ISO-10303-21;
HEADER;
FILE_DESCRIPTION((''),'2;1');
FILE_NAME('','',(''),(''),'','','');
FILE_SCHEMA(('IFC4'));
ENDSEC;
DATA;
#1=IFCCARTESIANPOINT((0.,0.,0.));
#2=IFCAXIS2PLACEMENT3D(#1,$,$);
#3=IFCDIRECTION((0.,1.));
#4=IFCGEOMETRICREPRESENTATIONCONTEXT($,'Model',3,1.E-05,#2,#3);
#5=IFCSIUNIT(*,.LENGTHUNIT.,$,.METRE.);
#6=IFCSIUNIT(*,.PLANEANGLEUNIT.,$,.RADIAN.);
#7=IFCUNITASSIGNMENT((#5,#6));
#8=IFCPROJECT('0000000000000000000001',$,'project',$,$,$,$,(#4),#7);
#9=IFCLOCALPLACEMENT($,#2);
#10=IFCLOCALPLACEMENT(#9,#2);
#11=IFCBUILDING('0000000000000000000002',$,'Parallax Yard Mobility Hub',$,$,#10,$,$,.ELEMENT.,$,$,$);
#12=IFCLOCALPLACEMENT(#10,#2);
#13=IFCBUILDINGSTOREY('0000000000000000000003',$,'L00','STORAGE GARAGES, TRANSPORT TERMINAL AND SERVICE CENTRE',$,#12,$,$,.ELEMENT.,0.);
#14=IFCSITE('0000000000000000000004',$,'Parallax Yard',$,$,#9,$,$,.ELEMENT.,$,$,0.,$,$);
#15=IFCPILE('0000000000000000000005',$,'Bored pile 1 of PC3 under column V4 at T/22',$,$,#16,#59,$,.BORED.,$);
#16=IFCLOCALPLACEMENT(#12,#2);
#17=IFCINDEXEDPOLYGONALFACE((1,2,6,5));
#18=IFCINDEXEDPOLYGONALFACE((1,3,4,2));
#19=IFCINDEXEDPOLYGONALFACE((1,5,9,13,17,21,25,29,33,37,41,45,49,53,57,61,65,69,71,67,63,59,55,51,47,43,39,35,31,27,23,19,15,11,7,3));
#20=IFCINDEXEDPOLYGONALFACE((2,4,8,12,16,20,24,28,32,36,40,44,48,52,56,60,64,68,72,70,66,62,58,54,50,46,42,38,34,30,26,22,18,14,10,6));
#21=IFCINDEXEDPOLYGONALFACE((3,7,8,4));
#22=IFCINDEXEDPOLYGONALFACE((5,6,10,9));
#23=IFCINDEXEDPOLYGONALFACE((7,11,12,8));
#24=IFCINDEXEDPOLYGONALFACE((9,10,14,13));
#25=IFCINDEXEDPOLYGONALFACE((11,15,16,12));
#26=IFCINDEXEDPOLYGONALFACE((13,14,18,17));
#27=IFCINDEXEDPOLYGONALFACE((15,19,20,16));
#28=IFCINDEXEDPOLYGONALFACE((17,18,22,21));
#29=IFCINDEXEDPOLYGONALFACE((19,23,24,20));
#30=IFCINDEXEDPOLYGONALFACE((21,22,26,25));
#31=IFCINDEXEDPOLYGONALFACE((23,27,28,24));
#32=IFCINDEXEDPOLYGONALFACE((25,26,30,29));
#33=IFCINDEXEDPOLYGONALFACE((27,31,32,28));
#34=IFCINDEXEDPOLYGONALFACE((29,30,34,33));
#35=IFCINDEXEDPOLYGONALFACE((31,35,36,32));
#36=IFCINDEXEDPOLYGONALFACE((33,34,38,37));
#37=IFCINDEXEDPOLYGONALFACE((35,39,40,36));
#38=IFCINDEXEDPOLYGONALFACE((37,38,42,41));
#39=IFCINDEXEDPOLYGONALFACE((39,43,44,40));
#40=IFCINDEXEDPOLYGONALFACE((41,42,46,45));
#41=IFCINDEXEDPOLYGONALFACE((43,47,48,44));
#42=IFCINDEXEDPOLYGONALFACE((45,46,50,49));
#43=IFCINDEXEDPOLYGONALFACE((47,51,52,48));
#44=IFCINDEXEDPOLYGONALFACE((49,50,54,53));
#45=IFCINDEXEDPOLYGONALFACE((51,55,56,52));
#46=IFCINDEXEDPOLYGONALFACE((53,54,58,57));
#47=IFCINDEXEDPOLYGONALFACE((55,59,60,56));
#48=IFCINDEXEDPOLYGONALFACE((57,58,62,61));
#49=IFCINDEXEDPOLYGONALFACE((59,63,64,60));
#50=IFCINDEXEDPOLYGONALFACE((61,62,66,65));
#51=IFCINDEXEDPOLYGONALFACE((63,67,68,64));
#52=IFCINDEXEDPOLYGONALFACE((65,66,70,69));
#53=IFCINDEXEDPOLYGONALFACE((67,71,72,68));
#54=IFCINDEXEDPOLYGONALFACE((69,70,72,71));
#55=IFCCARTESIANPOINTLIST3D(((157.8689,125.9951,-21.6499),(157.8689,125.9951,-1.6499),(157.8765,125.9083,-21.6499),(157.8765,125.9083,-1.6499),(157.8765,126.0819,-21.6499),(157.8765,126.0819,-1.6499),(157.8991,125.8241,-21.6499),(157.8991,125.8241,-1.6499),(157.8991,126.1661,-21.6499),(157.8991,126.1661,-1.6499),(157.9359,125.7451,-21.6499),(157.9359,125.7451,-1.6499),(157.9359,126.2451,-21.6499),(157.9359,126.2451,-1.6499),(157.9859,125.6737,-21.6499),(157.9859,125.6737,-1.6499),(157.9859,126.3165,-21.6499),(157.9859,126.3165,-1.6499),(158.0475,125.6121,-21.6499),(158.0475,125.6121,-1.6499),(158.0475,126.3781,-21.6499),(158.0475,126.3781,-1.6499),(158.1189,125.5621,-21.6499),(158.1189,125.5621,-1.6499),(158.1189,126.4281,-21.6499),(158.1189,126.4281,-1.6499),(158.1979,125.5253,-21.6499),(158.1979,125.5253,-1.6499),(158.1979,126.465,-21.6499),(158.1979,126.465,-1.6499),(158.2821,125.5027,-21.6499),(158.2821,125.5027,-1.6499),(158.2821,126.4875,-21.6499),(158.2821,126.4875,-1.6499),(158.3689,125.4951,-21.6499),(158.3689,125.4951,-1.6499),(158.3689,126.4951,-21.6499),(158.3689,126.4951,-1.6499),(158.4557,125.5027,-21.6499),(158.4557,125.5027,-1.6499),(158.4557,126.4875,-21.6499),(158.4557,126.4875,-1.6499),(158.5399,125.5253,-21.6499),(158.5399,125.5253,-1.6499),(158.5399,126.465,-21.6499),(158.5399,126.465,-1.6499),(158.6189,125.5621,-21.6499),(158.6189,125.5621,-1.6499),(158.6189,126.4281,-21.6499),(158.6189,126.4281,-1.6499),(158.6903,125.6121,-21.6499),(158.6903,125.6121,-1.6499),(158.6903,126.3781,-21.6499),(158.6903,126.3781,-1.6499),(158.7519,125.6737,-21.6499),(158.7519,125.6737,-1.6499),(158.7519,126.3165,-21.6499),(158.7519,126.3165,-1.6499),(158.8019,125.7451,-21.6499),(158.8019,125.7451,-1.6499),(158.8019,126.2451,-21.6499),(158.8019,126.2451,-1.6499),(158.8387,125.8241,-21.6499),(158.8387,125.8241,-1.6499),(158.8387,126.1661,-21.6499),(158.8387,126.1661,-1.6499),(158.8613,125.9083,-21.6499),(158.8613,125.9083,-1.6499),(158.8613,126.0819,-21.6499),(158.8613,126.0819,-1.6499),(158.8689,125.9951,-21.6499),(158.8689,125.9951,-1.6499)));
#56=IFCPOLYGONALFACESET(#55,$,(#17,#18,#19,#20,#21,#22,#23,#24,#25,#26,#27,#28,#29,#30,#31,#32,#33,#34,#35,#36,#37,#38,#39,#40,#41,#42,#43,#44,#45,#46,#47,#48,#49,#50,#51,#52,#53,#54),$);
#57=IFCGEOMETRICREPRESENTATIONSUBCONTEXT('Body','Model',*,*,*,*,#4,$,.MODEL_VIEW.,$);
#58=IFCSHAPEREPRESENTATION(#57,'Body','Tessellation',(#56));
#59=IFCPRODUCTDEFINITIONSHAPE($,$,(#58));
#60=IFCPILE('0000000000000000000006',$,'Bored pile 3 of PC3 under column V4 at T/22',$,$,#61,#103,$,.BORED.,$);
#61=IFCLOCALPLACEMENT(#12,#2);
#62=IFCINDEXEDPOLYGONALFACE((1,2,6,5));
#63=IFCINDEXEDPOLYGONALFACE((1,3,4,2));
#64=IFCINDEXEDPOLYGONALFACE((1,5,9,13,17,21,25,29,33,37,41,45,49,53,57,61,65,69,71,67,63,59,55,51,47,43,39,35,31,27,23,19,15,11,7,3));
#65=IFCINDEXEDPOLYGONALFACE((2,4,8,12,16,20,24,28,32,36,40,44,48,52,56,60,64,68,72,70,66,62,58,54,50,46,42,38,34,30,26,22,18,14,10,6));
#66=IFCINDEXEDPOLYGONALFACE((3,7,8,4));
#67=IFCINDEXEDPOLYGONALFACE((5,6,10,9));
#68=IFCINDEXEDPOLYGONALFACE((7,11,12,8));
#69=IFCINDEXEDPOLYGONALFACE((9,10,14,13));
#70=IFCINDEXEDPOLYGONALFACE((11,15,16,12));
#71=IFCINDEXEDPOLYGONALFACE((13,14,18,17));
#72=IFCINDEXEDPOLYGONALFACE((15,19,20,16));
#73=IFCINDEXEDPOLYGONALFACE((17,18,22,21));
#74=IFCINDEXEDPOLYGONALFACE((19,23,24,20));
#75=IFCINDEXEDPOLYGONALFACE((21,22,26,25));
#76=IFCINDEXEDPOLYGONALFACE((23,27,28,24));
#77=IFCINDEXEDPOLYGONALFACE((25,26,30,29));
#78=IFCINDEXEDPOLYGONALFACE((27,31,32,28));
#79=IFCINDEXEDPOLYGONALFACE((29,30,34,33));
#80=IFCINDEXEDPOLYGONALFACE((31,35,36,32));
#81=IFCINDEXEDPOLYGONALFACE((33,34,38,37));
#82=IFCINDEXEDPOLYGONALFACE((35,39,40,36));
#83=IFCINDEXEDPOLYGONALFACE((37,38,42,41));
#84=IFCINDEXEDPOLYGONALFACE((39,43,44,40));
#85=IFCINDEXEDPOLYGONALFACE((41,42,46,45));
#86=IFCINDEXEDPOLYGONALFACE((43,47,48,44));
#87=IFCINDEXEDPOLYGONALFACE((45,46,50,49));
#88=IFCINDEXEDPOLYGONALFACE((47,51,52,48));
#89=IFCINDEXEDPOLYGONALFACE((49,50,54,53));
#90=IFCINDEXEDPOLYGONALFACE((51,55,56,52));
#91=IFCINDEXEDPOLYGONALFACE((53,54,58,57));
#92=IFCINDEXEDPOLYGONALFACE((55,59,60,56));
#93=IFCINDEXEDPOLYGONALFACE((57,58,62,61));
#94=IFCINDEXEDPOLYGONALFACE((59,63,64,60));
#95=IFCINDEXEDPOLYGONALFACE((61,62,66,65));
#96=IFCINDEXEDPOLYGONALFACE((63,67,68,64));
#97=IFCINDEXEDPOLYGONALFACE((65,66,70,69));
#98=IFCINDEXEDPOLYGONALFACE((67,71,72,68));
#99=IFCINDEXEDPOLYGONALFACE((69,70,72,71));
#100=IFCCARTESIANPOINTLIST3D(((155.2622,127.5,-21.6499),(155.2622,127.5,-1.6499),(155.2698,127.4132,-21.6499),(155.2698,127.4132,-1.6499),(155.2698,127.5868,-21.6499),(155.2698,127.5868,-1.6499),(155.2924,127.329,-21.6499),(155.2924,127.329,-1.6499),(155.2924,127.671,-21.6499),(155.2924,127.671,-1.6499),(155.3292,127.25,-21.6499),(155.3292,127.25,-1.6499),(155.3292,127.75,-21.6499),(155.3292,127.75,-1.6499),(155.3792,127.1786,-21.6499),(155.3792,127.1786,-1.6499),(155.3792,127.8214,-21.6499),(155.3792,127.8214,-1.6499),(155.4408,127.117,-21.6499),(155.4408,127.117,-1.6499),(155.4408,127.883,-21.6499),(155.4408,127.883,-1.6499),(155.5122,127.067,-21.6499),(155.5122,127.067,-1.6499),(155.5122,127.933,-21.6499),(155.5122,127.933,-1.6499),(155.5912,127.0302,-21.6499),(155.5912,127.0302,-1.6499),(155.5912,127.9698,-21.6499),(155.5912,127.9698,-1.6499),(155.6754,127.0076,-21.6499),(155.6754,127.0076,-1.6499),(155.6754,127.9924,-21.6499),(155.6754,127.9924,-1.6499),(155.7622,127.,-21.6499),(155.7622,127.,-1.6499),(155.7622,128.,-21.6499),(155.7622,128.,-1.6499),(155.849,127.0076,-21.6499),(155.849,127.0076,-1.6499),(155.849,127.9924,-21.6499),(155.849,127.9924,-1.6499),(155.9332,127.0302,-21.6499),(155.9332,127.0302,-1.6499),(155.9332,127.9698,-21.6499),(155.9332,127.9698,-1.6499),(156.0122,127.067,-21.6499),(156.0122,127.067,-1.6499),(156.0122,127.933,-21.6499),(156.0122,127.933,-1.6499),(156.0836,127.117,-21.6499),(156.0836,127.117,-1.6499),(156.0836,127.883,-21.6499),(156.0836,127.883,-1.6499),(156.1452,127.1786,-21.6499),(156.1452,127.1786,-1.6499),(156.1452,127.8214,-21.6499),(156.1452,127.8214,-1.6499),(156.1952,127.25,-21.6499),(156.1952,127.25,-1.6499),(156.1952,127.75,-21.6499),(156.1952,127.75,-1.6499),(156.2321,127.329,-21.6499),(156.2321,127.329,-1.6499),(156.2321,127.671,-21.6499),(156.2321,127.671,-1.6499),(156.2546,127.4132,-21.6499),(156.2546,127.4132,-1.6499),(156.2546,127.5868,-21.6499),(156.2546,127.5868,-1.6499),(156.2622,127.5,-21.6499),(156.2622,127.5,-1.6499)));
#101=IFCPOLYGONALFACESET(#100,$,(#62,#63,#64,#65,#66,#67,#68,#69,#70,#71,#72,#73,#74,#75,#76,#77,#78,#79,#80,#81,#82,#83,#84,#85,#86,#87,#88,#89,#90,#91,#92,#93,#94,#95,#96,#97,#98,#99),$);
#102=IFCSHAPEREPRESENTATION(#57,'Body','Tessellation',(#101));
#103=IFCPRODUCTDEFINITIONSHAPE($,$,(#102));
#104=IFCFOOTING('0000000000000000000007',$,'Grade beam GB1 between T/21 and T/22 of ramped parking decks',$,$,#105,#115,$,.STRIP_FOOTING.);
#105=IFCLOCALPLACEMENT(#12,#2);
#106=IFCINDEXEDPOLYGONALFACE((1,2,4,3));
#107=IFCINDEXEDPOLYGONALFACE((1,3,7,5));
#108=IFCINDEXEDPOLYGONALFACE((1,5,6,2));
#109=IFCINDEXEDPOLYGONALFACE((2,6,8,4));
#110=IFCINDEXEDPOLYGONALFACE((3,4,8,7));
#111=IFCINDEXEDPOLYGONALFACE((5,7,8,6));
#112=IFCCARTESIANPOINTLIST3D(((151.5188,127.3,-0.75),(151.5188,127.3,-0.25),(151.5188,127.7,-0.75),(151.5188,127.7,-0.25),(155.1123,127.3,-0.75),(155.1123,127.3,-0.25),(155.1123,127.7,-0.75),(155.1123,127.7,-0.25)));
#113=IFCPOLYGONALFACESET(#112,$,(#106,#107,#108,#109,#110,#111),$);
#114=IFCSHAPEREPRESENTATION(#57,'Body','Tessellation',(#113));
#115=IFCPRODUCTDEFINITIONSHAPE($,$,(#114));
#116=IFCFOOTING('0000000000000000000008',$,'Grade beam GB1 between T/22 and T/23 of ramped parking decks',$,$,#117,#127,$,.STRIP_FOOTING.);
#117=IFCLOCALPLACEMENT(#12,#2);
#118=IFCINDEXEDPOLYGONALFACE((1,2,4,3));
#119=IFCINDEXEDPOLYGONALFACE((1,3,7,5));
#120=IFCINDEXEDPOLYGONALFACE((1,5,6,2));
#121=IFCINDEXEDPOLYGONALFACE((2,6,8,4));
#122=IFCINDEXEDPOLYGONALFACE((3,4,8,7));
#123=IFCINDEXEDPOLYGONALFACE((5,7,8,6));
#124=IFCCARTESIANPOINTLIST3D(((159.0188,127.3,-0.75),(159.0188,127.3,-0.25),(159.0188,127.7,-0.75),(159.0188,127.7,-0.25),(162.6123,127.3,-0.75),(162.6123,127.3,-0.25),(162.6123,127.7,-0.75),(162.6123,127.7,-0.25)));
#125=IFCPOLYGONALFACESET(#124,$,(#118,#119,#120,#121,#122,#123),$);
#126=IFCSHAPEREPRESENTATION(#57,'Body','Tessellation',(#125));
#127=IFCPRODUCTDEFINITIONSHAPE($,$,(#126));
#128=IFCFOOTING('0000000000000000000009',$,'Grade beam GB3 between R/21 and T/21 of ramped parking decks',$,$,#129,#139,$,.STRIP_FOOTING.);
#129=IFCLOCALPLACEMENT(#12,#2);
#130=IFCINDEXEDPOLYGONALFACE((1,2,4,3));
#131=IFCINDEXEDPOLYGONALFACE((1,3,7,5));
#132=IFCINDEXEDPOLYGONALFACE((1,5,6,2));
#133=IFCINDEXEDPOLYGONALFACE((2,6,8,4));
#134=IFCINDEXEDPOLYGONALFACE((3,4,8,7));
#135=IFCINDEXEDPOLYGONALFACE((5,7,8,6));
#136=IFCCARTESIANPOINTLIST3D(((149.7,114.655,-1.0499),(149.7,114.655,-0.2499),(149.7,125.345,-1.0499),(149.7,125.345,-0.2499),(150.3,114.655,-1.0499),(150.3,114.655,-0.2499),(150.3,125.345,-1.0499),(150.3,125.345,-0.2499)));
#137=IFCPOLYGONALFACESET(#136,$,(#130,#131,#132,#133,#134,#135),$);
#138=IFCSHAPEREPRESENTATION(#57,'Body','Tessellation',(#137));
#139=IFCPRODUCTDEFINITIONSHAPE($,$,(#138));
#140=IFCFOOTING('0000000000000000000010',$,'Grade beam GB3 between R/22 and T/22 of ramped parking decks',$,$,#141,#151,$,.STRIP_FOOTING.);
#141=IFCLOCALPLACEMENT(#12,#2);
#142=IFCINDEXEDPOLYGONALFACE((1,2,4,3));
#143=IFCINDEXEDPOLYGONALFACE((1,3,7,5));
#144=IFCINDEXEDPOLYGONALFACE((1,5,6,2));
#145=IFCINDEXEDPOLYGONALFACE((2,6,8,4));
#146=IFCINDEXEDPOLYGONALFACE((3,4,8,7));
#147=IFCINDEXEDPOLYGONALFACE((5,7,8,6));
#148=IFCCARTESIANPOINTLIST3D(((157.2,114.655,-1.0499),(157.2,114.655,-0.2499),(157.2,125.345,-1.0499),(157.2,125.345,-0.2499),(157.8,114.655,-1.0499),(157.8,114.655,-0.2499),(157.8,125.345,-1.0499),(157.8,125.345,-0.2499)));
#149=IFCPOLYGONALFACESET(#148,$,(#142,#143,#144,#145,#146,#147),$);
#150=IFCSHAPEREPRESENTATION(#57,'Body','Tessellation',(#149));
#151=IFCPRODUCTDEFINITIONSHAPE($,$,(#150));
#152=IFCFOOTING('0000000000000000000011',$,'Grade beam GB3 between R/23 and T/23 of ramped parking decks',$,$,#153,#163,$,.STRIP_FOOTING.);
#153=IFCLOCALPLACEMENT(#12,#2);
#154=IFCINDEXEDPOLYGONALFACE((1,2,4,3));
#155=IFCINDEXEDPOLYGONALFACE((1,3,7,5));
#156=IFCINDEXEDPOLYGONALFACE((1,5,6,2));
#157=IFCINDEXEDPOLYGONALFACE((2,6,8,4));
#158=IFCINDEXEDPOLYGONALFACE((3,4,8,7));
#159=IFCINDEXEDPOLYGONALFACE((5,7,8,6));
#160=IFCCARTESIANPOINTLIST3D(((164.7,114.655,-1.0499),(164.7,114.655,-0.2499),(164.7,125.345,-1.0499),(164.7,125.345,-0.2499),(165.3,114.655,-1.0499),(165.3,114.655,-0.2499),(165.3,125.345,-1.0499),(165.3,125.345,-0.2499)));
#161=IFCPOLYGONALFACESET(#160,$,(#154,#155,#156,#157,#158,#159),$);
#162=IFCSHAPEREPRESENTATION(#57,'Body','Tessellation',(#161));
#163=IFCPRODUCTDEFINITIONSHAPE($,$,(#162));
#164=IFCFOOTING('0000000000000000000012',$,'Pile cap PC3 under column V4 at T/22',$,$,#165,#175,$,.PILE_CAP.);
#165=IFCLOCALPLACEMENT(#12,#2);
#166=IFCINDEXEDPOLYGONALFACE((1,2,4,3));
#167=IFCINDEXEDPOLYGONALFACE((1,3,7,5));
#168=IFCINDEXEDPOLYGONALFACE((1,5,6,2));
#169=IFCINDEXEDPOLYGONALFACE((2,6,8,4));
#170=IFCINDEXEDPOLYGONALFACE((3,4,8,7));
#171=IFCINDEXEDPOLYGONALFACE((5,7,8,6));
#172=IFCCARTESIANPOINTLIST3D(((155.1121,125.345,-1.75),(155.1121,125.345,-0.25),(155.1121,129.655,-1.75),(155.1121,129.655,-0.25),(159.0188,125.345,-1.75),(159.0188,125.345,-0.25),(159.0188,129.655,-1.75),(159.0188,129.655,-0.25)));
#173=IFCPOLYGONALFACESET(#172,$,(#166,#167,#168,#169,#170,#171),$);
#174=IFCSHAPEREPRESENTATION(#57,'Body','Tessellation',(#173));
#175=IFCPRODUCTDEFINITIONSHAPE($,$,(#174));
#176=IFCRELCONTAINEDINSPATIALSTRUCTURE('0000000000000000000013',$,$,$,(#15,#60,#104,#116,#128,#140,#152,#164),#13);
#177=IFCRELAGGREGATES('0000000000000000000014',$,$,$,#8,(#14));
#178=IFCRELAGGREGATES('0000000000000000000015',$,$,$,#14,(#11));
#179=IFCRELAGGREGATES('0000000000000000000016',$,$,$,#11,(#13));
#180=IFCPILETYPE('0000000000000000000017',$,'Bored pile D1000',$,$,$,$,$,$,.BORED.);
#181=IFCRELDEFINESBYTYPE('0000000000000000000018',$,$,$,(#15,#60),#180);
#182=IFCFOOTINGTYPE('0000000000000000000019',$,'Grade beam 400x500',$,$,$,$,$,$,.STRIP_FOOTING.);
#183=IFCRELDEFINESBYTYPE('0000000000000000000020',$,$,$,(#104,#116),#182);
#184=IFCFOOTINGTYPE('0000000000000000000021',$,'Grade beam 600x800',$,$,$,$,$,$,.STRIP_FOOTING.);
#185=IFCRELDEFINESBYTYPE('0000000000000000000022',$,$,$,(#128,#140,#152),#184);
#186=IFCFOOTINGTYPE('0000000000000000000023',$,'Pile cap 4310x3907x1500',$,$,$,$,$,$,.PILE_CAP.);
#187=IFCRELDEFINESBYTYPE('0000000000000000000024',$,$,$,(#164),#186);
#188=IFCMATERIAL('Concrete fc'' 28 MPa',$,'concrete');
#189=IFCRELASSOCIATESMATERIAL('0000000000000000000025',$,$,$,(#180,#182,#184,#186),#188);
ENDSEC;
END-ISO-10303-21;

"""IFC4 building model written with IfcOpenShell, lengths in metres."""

from ifc_helpers import new_model, si_unit, direction, frame, origin, origin_2d, place, context, subcontext, project, spatial, rectangle, circle, extrude, material, material_profile, profile_set, type_object, element, save


model = new_model("IFC4")

# Units and contexts
model_context = context("Model", 3, precision=1e-05, world=origin(), true_north=direction((0.0, 1.0)))
body_context = subcontext(model_context, "Body", "Model", "MODEL_VIEW")
ifc_project = project(units=[si_unit("LENGTHUNIT", "METRE"), si_unit("PLANEANGLEUNIT", "RADIAN")], contexts=[model_context])

# Site, building, storey
site_placement = place(None, origin())
site = spatial("IfcSite", under=ifc_project, at=site_placement, Name="Parallax Yard", CompositionType="ELEMENT", RefElevation=0.0)
building_placement = place(site_placement, origin())
building = spatial("IfcBuilding", under=site, at=building_placement, Name="Parallax Yard Mobility Hub", CompositionType="ELEMENT")
storey_placement = place(building_placement, origin())
storey = spatial("IfcBuildingStorey", under=building, at=storey_placement, Name="L00", Description="STORAGE GARAGES, TRANSPORT TERMINAL AND SERVICE CENTRE", CompositionType="ELEMENT", Elevation=0.0)

# Piles
ifc_material_1 = material(Name="Concrete fc' 28 MPa", Category="concrete")
ifc_material_profile_1 = material_profile(ifc_material_1, circle(Radius=0.5, at=origin_2d()), Name="Bored pile D1000")
ifc_profile_set_1 = profile_set([ifc_material_profile_1], Name="Concrete fc' 28 MPa")
pile_type = type_object("IfcPileType", Name="Bored pile D1000", PredefinedType="BORED", material=ifc_profile_set_1)
for number, where, z_axis, x_axis, name in (
    (1, (158.3689, 125.9951, -1.6499), (0.0, 0.0, -1.0), (1.0, 0.0, 0.0), "Bored pile 1 of PC3 under column V4 at T/22"),
    (2, (155.7622, 127.5, -1.6499), (0.0, 0.0, -1.0), (1.0, 0.0, 0.0), "Bored pile 3 of PC3 under column V4 at T/22"),
):
    element("IfcPile", number, at=place(storey_placement, frame(where, z_axis=z_axis, x_axis=x_axis)), inside=storey, type_object=pile_type, Name=name, PredefinedType="BORED", context=body_context, shape_type="SweptSolid", body=[
        extrude(circle(Radius=0.5, at=origin_2d()), origin(), (0.0, 0.0, 1.0), 20.0),
    ])

# Footings
ifc_material_profile_2 = material_profile(ifc_material_1, rectangle(XDim=0.3999, YDim=0.5, at=origin_2d()), Name="Grade beam 400x500")
ifc_profile_set_2 = profile_set([ifc_material_profile_2], Name="Concrete fc' 28 MPa")
footing_type_1 = type_object("IfcFootingType", Name="Grade beam 400x500", PredefinedType="STRIP_FOOTING", material=ifc_profile_set_2)
for number, where, z_axis, x_axis, name in (
    (3, (151.5188, 127.5, -0.5), (1.0, 0.0, 0.0), (0.0, 1.0, 0.0), "Grade beam GB1 between T/21 and T/22 of ramped parking decks"),
    (4, (159.0188, 127.5, -0.5), (1.0, 0.0, 0.0), (0.0, 1.0, 0.0), "Grade beam GB1 between T/22 and T/23 of ramped parking decks"),
):
    element("IfcFooting", number, at=place(storey_placement, frame(where, z_axis=z_axis, x_axis=x_axis)), inside=storey, type_object=footing_type_1, Name=name, PredefinedType="STRIP_FOOTING", context=body_context, shape_type="SweptSolid", body=[
        extrude(rectangle(XDim=0.3999, YDim=0.5, at=origin_2d()), origin(), (0.0, 0.0, 1.0), 3.5935),
    ])
ifc_material_profile_3 = material_profile(ifc_material_1, rectangle(XDim=0.6001, YDim=0.8, at=origin_2d()), Name="Grade beam 600x800")
ifc_profile_set_3 = profile_set([ifc_material_profile_3], Name="Concrete fc' 28 MPa")
footing_type_2 = type_object("IfcFootingType", Name="Grade beam 600x800", PredefinedType="STRIP_FOOTING", material=ifc_profile_set_3)
for number, where, z_axis, x_axis, name in (
    (5, (150.0, 114.655, -0.6499), (0.0, 1.0, 0.0), (-1.0, 0.0, 0.0), "Grade beam GB3 between R/21 and T/21 of ramped parking decks"),
    (6, (157.5, 114.655, -0.6499), (0.0, 1.0, 0.0), (-1.0, 0.0, 0.0), "Grade beam GB3 between R/22 and T/22 of ramped parking decks"),
    (7, (165.0, 114.655, -0.6499), (0.0, 1.0, 0.0), (-1.0, 0.0, 0.0), "Grade beam GB3 between R/23 and T/23 of ramped parking decks"),
):
    element("IfcFooting", number, at=place(storey_placement, frame(where, z_axis=z_axis, x_axis=x_axis)), inside=storey, type_object=footing_type_2, Name=name, PredefinedType="STRIP_FOOTING", context=body_context, shape_type="SweptSolid", body=[
        extrude(rectangle(XDim=0.6001, YDim=0.8, at=origin_2d()), origin(), (0.0, 0.0, 1.0), 10.6899),
    ])
footing_type_3 = type_object("IfcFootingType", Name="Pile cap 4310x3907x1500", PredefinedType="PILE_CAP", material=ifc_material_1)
footing_placement = place(storey_placement, frame((157.0654, 127.5, -1.75), z_axis=(0.0, 0.0, 1.0), x_axis=(0.0, 1.0, 0.0)))
element("IfcFooting", 8, at=footing_placement, inside=storey, type_object=footing_type_3, Name="Pile cap PC3 under column V4 at T/22", PredefinedType="PILE_CAP", context=body_context, shape_type="SweptSolid", body=[
    extrude(rectangle(XDim=4.3101, YDim=3.9067, at=origin_2d()), origin(), (0.0, 0.0, 1.0), 1.5),
])

save(model, "model.ifc")
